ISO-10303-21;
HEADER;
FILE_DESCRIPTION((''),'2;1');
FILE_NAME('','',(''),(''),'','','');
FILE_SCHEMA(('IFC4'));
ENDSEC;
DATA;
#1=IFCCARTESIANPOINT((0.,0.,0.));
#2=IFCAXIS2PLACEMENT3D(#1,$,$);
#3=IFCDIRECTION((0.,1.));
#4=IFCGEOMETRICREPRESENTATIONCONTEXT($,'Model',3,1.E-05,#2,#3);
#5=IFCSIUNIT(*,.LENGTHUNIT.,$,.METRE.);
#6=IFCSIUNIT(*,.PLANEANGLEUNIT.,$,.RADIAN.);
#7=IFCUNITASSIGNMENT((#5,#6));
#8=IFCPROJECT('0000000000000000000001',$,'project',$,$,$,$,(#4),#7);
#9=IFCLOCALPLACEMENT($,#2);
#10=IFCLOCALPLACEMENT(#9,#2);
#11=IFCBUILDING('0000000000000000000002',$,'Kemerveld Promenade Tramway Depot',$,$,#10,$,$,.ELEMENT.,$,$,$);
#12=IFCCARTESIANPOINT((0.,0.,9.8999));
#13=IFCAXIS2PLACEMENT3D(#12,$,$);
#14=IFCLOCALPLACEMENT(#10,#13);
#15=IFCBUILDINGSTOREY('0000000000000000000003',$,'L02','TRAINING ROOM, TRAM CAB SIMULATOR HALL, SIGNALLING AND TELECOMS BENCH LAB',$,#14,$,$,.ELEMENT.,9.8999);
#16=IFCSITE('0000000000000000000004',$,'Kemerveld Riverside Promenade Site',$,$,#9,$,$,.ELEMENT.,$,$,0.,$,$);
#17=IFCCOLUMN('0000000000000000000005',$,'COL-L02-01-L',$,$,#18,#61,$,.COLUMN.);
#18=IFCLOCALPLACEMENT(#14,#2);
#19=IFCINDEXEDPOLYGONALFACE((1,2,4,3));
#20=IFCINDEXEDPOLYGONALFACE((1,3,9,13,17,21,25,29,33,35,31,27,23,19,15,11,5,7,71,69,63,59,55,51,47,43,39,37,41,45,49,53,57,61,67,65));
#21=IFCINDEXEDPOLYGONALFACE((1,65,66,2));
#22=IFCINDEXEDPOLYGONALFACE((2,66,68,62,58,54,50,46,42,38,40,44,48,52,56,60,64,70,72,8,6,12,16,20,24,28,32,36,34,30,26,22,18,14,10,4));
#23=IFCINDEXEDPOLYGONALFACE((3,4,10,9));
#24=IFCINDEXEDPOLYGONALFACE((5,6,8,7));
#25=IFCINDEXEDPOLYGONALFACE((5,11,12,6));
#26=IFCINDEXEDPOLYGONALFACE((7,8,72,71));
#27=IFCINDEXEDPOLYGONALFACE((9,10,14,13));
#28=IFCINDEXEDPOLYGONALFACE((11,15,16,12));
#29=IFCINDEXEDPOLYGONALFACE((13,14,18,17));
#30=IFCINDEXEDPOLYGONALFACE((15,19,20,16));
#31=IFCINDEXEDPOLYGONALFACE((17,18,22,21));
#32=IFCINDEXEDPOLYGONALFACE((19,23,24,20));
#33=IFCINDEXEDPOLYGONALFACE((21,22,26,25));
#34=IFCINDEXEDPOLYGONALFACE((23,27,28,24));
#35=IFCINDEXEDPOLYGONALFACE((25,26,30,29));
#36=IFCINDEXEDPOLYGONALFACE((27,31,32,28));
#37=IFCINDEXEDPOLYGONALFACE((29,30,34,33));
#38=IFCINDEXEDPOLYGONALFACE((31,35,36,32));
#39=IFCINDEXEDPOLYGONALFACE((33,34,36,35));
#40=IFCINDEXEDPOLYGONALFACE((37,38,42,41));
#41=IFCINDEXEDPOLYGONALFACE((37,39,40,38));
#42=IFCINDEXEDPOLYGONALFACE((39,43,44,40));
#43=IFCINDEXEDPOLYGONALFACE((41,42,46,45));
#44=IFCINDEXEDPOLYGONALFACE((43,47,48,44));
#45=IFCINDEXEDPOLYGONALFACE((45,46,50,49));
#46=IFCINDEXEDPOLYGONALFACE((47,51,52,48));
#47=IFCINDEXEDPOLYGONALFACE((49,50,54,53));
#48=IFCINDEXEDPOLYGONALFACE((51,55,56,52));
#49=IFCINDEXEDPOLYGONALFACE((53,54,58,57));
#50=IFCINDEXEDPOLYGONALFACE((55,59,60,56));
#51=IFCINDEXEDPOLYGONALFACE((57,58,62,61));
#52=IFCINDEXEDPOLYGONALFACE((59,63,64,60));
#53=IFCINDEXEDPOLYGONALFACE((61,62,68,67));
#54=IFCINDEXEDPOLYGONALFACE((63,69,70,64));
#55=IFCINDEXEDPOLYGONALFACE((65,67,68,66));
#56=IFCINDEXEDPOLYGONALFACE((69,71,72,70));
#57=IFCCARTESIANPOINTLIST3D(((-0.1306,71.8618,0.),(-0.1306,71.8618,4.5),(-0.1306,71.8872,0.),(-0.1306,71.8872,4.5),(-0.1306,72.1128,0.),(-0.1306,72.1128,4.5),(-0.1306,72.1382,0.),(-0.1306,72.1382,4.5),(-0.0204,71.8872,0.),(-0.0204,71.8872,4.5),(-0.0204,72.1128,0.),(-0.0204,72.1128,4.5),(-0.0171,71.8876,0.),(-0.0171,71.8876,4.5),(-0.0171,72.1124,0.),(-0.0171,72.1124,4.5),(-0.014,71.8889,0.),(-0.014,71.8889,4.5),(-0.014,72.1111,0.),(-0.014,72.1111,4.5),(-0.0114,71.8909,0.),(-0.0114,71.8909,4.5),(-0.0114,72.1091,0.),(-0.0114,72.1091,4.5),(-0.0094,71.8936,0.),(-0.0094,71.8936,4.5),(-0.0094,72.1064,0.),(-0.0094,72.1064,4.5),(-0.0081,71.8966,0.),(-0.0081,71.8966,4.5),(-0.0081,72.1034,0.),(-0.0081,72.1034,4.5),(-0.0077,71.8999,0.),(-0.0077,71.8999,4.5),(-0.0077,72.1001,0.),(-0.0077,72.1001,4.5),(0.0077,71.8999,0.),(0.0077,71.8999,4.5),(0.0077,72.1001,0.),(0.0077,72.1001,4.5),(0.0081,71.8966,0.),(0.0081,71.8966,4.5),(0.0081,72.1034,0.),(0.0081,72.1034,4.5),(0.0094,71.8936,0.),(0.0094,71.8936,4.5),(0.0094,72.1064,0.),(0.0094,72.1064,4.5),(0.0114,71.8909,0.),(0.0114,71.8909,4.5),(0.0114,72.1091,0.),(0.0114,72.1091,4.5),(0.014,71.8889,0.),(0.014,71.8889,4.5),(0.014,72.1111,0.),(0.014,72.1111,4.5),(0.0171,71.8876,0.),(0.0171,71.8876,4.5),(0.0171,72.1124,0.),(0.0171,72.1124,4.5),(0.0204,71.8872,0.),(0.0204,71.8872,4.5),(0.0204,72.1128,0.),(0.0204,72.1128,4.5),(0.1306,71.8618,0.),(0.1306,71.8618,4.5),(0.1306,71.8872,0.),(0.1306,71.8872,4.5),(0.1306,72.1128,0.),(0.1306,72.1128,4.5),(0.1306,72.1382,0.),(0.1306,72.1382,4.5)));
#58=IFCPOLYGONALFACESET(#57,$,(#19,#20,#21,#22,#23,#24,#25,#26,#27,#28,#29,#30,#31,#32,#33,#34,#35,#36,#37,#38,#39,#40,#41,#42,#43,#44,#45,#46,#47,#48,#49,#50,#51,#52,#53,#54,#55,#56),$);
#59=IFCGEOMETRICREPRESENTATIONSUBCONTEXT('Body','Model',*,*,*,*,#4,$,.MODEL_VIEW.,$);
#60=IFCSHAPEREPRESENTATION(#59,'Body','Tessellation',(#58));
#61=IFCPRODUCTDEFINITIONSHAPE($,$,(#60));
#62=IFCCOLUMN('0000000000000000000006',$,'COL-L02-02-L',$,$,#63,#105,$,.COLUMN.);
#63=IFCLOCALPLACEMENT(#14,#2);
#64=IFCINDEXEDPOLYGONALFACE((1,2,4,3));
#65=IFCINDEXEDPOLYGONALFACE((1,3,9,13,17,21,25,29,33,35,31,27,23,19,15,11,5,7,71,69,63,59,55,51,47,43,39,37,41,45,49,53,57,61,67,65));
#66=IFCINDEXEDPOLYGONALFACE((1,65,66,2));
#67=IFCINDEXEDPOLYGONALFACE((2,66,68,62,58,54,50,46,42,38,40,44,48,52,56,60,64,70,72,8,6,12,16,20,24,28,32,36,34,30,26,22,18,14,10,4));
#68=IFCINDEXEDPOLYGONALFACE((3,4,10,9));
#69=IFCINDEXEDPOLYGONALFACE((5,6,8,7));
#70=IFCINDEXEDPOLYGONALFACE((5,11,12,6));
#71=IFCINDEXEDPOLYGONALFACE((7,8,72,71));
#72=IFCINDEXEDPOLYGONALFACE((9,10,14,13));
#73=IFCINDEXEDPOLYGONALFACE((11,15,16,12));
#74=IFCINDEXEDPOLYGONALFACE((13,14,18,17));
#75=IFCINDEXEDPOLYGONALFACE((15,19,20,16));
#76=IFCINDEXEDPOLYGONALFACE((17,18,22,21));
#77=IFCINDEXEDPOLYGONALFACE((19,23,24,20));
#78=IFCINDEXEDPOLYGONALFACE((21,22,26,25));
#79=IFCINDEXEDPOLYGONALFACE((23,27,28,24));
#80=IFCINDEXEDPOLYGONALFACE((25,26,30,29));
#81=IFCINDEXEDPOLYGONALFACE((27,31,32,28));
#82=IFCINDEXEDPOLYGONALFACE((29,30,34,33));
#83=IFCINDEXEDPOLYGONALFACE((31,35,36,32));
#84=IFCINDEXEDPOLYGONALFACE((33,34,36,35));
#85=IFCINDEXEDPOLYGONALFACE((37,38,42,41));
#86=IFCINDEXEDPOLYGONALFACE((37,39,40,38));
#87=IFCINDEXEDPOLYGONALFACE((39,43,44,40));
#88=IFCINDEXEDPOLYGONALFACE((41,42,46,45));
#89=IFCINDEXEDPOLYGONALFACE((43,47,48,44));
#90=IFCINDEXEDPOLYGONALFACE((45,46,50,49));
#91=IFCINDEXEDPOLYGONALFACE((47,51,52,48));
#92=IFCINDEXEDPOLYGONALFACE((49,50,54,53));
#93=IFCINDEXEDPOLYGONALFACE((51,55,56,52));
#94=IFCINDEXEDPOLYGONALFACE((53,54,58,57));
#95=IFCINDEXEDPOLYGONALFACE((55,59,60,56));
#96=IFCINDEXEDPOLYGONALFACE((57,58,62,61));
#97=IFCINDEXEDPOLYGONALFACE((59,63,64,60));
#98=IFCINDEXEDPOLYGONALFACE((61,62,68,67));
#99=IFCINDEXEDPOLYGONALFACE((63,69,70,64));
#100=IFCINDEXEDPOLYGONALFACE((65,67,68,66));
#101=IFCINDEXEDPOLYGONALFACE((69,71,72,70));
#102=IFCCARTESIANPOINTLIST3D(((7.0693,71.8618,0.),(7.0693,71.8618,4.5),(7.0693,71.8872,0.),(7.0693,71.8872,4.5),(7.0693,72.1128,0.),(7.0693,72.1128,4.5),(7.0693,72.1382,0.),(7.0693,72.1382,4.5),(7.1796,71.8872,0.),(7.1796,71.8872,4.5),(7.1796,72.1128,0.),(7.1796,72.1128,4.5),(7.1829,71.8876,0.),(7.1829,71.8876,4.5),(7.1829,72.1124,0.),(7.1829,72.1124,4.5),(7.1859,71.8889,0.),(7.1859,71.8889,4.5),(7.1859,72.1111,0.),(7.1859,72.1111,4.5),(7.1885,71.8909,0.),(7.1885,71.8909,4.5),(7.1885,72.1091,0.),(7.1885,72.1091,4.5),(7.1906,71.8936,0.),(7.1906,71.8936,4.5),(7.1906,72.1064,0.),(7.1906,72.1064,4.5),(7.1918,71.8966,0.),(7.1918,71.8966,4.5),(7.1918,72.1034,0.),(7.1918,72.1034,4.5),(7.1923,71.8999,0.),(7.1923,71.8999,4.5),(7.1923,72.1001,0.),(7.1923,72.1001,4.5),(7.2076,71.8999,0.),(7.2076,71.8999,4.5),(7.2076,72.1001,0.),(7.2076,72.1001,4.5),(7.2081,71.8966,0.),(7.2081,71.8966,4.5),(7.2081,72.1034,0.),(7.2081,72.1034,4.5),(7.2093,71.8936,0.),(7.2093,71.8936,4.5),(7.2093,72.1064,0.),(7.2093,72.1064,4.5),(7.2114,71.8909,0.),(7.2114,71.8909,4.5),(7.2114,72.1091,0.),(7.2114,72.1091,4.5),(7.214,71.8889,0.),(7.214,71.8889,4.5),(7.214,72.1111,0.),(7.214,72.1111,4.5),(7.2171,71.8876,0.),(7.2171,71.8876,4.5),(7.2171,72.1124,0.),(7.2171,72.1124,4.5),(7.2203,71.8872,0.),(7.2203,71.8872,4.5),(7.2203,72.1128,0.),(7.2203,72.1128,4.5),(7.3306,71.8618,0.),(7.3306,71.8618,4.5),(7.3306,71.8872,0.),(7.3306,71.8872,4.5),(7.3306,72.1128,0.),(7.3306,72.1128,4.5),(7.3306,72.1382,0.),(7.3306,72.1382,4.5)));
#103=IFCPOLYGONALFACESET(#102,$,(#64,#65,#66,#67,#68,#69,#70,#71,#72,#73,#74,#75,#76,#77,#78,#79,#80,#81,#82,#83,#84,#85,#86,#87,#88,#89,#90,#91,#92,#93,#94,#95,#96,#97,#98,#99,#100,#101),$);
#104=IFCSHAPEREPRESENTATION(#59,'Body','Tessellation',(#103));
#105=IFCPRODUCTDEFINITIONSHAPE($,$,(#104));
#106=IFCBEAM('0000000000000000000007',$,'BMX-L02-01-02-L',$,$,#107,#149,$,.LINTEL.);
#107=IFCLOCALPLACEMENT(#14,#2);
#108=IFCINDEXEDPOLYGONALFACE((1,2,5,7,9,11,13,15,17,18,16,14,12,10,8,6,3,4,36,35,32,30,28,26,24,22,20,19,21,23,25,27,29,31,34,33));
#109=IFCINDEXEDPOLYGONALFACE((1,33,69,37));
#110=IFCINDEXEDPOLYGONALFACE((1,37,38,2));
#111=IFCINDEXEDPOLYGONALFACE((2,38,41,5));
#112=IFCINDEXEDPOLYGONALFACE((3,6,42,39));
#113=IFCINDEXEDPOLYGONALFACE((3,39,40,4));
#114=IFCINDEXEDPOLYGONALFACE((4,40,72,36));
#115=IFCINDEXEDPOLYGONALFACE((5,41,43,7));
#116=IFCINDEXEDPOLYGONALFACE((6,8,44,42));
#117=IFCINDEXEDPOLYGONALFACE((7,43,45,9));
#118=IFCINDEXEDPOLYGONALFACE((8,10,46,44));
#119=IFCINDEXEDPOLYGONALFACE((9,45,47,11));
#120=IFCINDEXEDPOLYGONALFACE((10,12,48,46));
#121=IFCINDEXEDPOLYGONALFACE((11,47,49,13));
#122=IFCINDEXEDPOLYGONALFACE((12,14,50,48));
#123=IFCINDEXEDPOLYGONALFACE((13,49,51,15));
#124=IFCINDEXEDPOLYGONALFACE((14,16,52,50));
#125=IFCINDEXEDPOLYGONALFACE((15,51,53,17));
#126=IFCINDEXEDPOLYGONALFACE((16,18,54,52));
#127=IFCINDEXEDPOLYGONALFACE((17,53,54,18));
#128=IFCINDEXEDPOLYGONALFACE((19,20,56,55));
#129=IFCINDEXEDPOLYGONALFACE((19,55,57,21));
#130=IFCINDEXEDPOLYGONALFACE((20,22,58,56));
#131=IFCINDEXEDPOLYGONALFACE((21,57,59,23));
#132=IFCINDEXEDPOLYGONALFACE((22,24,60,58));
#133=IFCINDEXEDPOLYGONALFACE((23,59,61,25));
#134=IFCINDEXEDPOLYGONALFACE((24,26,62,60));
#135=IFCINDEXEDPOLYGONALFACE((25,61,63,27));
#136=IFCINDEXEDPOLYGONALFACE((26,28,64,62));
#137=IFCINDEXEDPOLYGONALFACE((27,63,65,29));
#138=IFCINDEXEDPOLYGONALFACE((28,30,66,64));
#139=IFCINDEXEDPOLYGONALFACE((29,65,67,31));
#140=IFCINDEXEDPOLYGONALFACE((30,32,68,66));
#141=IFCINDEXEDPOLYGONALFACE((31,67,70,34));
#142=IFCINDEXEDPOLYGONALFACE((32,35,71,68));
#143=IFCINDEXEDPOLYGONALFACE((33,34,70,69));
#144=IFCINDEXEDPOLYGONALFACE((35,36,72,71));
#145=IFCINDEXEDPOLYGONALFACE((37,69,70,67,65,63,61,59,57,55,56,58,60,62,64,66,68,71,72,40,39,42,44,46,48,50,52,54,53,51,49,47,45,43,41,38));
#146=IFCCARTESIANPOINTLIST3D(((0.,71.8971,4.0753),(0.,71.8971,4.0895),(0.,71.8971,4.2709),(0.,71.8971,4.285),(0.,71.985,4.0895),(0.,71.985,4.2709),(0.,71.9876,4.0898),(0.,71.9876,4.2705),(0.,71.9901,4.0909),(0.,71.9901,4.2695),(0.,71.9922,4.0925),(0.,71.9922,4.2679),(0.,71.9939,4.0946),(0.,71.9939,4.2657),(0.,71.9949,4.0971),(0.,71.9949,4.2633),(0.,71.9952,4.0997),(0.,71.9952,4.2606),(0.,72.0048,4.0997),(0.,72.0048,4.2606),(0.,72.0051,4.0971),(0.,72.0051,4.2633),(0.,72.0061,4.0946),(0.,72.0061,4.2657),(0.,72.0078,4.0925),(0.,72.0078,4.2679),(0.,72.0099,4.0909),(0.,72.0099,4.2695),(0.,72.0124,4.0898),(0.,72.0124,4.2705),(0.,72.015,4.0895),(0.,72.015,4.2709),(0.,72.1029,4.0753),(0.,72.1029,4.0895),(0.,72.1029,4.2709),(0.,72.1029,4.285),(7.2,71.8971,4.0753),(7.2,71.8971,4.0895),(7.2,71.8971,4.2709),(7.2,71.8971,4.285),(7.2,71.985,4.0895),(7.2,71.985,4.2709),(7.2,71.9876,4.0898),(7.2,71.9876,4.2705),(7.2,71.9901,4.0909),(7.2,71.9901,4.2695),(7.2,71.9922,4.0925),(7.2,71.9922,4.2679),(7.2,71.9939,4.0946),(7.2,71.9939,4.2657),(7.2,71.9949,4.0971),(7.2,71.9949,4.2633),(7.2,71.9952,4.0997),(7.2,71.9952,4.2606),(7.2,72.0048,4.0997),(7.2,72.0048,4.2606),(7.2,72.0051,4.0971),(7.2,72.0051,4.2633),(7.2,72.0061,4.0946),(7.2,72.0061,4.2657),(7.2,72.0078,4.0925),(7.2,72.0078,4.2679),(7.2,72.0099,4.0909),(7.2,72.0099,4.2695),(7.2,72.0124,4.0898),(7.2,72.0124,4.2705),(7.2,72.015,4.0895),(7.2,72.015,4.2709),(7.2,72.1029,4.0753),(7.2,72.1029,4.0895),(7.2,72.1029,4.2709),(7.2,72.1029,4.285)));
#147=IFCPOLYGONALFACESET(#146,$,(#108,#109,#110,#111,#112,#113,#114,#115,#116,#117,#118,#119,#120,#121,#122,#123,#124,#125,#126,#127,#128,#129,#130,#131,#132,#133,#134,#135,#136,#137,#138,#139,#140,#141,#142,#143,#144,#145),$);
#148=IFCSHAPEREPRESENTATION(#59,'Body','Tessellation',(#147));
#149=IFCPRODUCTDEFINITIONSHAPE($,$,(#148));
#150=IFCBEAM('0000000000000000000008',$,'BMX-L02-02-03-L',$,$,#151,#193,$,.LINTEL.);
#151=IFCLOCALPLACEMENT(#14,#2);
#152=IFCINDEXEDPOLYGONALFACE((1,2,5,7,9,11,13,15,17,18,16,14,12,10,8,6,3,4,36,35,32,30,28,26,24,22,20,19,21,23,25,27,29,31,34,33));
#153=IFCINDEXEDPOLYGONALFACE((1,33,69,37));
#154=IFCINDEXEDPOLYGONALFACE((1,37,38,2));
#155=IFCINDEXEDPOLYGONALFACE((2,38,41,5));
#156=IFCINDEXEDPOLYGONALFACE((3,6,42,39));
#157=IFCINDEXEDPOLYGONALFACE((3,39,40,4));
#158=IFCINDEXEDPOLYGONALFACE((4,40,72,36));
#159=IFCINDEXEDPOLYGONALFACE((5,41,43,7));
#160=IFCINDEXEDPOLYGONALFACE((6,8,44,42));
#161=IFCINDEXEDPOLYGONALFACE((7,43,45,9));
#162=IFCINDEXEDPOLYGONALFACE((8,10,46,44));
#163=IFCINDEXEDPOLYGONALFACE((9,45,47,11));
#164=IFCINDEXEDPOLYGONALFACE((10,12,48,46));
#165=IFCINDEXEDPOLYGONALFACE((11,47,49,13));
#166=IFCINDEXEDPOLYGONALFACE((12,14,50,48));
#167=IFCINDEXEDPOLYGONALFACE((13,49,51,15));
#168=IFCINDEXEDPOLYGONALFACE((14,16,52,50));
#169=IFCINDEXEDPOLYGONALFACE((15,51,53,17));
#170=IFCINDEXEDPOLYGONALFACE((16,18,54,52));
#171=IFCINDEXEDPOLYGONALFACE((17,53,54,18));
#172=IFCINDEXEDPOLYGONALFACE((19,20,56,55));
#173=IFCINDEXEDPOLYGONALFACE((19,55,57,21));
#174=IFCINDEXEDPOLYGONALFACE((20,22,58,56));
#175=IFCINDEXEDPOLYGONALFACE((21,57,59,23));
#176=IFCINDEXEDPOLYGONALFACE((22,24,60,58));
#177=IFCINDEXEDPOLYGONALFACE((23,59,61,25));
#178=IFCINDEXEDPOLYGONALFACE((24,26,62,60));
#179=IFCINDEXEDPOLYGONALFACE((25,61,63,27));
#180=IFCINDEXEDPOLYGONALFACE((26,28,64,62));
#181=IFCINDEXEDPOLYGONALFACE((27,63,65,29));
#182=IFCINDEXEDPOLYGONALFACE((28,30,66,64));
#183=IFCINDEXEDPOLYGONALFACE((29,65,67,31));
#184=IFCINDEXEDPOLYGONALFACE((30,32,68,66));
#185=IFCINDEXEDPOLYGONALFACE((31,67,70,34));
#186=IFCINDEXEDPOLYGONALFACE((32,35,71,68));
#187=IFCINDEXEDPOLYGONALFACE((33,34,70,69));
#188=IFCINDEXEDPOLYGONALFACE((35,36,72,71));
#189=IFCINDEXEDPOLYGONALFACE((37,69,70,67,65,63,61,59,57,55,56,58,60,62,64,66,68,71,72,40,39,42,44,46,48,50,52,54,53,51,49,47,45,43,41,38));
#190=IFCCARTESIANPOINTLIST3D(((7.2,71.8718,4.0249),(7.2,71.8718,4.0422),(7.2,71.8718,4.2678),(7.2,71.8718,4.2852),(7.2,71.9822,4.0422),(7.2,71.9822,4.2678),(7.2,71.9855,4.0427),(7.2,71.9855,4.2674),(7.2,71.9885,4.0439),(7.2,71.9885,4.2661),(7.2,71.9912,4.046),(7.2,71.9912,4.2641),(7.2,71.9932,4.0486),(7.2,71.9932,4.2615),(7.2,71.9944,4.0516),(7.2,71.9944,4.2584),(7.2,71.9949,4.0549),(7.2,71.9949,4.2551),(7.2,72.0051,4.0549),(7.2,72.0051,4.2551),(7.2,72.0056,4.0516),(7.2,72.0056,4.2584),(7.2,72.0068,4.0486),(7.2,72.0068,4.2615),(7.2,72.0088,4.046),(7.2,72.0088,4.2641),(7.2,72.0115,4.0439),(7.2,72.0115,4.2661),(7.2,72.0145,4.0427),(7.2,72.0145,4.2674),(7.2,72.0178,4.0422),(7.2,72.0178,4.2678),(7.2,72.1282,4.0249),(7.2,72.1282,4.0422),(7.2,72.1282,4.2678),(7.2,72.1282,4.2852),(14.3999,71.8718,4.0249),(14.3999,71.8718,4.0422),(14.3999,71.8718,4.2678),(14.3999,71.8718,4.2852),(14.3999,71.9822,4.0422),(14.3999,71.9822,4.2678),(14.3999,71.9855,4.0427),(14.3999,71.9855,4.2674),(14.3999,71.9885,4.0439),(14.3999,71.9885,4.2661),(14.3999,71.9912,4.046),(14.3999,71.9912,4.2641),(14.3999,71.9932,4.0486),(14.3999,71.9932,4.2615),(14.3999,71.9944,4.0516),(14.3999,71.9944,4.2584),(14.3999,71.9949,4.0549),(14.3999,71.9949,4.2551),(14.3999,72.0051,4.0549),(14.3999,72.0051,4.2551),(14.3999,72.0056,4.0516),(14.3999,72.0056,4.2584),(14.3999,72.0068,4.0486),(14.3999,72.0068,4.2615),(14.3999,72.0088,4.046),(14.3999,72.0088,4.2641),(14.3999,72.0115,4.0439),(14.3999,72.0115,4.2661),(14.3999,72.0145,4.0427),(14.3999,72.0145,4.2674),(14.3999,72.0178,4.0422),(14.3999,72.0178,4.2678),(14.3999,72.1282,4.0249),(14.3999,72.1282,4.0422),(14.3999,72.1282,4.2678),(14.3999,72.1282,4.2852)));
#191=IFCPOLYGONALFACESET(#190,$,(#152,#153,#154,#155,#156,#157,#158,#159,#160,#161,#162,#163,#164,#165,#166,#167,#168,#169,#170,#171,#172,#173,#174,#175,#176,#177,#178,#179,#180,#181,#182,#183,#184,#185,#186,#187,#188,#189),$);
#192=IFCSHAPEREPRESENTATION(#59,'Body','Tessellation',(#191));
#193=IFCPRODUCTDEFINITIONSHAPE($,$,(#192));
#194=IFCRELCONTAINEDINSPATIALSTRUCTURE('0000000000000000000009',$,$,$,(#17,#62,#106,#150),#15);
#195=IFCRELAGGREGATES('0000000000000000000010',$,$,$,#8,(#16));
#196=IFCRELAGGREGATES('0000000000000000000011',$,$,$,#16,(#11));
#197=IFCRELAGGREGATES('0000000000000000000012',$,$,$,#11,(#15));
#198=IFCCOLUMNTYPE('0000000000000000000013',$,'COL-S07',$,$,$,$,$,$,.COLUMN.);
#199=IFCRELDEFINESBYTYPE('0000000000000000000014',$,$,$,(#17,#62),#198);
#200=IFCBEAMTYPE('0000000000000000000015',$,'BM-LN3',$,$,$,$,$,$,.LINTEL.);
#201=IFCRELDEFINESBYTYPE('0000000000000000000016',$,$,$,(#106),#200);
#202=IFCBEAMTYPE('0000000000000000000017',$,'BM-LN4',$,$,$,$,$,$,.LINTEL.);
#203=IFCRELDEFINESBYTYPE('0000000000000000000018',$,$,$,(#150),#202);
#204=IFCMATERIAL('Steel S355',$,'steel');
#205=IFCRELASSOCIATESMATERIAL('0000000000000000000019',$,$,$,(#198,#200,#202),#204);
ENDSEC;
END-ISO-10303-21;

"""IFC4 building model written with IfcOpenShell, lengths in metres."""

from ifc_helpers import new_model, si_unit, direction, frame, origin, origin_2d, place, context, subcontext, project, spatial, i_section, extrude, material, material_profile, profile_set, type_object, element, save


model = new_model("IFC4")

# Units and contexts
model_context = context("Model", 3, precision=1e-05, world=origin(), true_north=direction((0.0, 1.0)))
body_context = subcontext(model_context, "Body", "Model", "MODEL_VIEW")
ifc_project = project(units=[si_unit("LENGTHUNIT", "METRE"), si_unit("PLANEANGLEUNIT", "RADIAN")], contexts=[model_context])

# Site, building, storey
site_placement = place(None, origin())
site = spatial("IfcSite", under=ifc_project, at=site_placement, Name="Kemerveld Riverside Promenade Site", CompositionType="ELEMENT", RefElevation=0.0)
building_placement = place(site_placement, origin())
building = spatial("IfcBuilding", under=site, at=building_placement, Name="Kemerveld Promenade Tramway Depot", CompositionType="ELEMENT")
storey_placement = place(building_placement, frame((0.0, 0.0, 9.8999)))
storey = spatial("IfcBuildingStorey", under=building, at=storey_placement, Name="L02", Description="TRAINING ROOM, TRAM CAB SIMULATOR HALL, SIGNALLING AND TELECOMS BENCH LAB", CompositionType="ELEMENT", Elevation=9.8999)

# Columns
ifc_material_1 = material(Name="Steel S355", Category="steel")
ifc_material_profile_1 = material_profile(ifc_material_1, i_section(OverallWidth=0.2612, OverallDepth=0.2764, WebThickness=0.0154, FlangeThickness=0.0254, FilletRadius=0.0127, at=origin_2d()), Name="254x254x132 UC")
ifc_profile_set_1 = profile_set([ifc_material_profile_1], Name="Steel S355")
column_type = type_object("IfcColumnType", Name="COL-S07", PredefinedType="COLUMN", material=ifc_profile_set_1)
for number, where, z_axis, x_axis, name in (
    (1, (0.0, 72.0, 0.0), (0.0, 0.0, 1.0), (1.0, 0.0, 0.0), "COL-L02-01-L"),
    (2, (7.2, 72.0, 0.0), (0.0, 0.0, 1.0), (1.0, 0.0, 0.0), "COL-L02-02-L"),
):
    element("IfcColumn", number, at=place(storey_placement, frame(where, z_axis=z_axis, x_axis=x_axis)), inside=storey, type_object=column_type, Name=name, PredefinedType="COLUMN", context=body_context, shape_type="SweptSolid", body=[
        extrude(i_section(OverallWidth=0.2612, OverallDepth=0.2764, WebThickness=0.0154, FlangeThickness=0.0254, FilletRadius=0.0127, at=origin_2d()), origin(), (0.0, 0.0, 1.0), 4.5),
    ])

# Beams
ifc_material_profile_2 = material_profile(ifc_material_1, i_section(OverallWidth=0.2058, OverallDepth=0.2097, WebThickness=0.0095, FlangeThickness=0.0142, FilletRadius=0.0103, at=origin_2d()), Name="203x203x60 UC")
ifc_profile_set_2 = profile_set([ifc_material_profile_2], Name="Steel S355")
beam_type_1 = type_object("IfcBeamType", Name="BM-LN3", PredefinedType="LINTEL", material=ifc_profile_set_2)
beam_1_placement = place(storey_placement, frame((0.0, 72.0, 4.1802), z_axis=(1.0, 0.0, 0.0), x_axis=(0.0, 1.0, 0.0)))
element("IfcBeam", 3, at=beam_1_placement, inside=storey, type_object=beam_type_1, Name="BMX-L02-01-02-L", PredefinedType="LINTEL", context=body_context, shape_type="SweptSolid", body=[
    extrude(i_section(OverallWidth=0.2058, OverallDepth=0.2097, WebThickness=0.0095, FlangeThickness=0.0142, FilletRadius=0.0103, at=origin_2d()), origin(), (0.0, 0.0, 1.0), 7.2),
])
ifc_material_profile_3 = material_profile(ifc_material_1, i_section(OverallWidth=0.2563, OverallDepth=0.2603, WebThickness=0.0103, FlangeThickness=0.0173, FilletRadius=0.0127, at=origin_2d()), Name="254x254x89 UC")
ifc_profile_set_3 = profile_set([ifc_material_profile_3], Name="Steel S355")
beam_type_2 = type_object("IfcBeamType", Name="BM-LN4", PredefinedType="LINTEL", material=ifc_profile_set_3)
beam_2_placement = place(storey_placement, frame((7.2, 72.0, 4.155), z_axis=(1.0, 0.0, 0.0), x_axis=(0.0, 1.0, 0.0)))
element("IfcBeam", 4, at=beam_2_placement, inside=storey, type_object=beam_type_2, Name="BMX-L02-02-03-L", PredefinedType="LINTEL", context=body_context, shape_type="SweptSolid", body=[
    extrude(i_section(OverallWidth=0.2563, OverallDepth=0.2603, WebThickness=0.0103, FlangeThickness=0.0173, FilletRadius=0.0127, at=origin_2d()), origin(), (0.0, 0.0, 1.0), 7.2),
])

save(model, "model.ifc")
